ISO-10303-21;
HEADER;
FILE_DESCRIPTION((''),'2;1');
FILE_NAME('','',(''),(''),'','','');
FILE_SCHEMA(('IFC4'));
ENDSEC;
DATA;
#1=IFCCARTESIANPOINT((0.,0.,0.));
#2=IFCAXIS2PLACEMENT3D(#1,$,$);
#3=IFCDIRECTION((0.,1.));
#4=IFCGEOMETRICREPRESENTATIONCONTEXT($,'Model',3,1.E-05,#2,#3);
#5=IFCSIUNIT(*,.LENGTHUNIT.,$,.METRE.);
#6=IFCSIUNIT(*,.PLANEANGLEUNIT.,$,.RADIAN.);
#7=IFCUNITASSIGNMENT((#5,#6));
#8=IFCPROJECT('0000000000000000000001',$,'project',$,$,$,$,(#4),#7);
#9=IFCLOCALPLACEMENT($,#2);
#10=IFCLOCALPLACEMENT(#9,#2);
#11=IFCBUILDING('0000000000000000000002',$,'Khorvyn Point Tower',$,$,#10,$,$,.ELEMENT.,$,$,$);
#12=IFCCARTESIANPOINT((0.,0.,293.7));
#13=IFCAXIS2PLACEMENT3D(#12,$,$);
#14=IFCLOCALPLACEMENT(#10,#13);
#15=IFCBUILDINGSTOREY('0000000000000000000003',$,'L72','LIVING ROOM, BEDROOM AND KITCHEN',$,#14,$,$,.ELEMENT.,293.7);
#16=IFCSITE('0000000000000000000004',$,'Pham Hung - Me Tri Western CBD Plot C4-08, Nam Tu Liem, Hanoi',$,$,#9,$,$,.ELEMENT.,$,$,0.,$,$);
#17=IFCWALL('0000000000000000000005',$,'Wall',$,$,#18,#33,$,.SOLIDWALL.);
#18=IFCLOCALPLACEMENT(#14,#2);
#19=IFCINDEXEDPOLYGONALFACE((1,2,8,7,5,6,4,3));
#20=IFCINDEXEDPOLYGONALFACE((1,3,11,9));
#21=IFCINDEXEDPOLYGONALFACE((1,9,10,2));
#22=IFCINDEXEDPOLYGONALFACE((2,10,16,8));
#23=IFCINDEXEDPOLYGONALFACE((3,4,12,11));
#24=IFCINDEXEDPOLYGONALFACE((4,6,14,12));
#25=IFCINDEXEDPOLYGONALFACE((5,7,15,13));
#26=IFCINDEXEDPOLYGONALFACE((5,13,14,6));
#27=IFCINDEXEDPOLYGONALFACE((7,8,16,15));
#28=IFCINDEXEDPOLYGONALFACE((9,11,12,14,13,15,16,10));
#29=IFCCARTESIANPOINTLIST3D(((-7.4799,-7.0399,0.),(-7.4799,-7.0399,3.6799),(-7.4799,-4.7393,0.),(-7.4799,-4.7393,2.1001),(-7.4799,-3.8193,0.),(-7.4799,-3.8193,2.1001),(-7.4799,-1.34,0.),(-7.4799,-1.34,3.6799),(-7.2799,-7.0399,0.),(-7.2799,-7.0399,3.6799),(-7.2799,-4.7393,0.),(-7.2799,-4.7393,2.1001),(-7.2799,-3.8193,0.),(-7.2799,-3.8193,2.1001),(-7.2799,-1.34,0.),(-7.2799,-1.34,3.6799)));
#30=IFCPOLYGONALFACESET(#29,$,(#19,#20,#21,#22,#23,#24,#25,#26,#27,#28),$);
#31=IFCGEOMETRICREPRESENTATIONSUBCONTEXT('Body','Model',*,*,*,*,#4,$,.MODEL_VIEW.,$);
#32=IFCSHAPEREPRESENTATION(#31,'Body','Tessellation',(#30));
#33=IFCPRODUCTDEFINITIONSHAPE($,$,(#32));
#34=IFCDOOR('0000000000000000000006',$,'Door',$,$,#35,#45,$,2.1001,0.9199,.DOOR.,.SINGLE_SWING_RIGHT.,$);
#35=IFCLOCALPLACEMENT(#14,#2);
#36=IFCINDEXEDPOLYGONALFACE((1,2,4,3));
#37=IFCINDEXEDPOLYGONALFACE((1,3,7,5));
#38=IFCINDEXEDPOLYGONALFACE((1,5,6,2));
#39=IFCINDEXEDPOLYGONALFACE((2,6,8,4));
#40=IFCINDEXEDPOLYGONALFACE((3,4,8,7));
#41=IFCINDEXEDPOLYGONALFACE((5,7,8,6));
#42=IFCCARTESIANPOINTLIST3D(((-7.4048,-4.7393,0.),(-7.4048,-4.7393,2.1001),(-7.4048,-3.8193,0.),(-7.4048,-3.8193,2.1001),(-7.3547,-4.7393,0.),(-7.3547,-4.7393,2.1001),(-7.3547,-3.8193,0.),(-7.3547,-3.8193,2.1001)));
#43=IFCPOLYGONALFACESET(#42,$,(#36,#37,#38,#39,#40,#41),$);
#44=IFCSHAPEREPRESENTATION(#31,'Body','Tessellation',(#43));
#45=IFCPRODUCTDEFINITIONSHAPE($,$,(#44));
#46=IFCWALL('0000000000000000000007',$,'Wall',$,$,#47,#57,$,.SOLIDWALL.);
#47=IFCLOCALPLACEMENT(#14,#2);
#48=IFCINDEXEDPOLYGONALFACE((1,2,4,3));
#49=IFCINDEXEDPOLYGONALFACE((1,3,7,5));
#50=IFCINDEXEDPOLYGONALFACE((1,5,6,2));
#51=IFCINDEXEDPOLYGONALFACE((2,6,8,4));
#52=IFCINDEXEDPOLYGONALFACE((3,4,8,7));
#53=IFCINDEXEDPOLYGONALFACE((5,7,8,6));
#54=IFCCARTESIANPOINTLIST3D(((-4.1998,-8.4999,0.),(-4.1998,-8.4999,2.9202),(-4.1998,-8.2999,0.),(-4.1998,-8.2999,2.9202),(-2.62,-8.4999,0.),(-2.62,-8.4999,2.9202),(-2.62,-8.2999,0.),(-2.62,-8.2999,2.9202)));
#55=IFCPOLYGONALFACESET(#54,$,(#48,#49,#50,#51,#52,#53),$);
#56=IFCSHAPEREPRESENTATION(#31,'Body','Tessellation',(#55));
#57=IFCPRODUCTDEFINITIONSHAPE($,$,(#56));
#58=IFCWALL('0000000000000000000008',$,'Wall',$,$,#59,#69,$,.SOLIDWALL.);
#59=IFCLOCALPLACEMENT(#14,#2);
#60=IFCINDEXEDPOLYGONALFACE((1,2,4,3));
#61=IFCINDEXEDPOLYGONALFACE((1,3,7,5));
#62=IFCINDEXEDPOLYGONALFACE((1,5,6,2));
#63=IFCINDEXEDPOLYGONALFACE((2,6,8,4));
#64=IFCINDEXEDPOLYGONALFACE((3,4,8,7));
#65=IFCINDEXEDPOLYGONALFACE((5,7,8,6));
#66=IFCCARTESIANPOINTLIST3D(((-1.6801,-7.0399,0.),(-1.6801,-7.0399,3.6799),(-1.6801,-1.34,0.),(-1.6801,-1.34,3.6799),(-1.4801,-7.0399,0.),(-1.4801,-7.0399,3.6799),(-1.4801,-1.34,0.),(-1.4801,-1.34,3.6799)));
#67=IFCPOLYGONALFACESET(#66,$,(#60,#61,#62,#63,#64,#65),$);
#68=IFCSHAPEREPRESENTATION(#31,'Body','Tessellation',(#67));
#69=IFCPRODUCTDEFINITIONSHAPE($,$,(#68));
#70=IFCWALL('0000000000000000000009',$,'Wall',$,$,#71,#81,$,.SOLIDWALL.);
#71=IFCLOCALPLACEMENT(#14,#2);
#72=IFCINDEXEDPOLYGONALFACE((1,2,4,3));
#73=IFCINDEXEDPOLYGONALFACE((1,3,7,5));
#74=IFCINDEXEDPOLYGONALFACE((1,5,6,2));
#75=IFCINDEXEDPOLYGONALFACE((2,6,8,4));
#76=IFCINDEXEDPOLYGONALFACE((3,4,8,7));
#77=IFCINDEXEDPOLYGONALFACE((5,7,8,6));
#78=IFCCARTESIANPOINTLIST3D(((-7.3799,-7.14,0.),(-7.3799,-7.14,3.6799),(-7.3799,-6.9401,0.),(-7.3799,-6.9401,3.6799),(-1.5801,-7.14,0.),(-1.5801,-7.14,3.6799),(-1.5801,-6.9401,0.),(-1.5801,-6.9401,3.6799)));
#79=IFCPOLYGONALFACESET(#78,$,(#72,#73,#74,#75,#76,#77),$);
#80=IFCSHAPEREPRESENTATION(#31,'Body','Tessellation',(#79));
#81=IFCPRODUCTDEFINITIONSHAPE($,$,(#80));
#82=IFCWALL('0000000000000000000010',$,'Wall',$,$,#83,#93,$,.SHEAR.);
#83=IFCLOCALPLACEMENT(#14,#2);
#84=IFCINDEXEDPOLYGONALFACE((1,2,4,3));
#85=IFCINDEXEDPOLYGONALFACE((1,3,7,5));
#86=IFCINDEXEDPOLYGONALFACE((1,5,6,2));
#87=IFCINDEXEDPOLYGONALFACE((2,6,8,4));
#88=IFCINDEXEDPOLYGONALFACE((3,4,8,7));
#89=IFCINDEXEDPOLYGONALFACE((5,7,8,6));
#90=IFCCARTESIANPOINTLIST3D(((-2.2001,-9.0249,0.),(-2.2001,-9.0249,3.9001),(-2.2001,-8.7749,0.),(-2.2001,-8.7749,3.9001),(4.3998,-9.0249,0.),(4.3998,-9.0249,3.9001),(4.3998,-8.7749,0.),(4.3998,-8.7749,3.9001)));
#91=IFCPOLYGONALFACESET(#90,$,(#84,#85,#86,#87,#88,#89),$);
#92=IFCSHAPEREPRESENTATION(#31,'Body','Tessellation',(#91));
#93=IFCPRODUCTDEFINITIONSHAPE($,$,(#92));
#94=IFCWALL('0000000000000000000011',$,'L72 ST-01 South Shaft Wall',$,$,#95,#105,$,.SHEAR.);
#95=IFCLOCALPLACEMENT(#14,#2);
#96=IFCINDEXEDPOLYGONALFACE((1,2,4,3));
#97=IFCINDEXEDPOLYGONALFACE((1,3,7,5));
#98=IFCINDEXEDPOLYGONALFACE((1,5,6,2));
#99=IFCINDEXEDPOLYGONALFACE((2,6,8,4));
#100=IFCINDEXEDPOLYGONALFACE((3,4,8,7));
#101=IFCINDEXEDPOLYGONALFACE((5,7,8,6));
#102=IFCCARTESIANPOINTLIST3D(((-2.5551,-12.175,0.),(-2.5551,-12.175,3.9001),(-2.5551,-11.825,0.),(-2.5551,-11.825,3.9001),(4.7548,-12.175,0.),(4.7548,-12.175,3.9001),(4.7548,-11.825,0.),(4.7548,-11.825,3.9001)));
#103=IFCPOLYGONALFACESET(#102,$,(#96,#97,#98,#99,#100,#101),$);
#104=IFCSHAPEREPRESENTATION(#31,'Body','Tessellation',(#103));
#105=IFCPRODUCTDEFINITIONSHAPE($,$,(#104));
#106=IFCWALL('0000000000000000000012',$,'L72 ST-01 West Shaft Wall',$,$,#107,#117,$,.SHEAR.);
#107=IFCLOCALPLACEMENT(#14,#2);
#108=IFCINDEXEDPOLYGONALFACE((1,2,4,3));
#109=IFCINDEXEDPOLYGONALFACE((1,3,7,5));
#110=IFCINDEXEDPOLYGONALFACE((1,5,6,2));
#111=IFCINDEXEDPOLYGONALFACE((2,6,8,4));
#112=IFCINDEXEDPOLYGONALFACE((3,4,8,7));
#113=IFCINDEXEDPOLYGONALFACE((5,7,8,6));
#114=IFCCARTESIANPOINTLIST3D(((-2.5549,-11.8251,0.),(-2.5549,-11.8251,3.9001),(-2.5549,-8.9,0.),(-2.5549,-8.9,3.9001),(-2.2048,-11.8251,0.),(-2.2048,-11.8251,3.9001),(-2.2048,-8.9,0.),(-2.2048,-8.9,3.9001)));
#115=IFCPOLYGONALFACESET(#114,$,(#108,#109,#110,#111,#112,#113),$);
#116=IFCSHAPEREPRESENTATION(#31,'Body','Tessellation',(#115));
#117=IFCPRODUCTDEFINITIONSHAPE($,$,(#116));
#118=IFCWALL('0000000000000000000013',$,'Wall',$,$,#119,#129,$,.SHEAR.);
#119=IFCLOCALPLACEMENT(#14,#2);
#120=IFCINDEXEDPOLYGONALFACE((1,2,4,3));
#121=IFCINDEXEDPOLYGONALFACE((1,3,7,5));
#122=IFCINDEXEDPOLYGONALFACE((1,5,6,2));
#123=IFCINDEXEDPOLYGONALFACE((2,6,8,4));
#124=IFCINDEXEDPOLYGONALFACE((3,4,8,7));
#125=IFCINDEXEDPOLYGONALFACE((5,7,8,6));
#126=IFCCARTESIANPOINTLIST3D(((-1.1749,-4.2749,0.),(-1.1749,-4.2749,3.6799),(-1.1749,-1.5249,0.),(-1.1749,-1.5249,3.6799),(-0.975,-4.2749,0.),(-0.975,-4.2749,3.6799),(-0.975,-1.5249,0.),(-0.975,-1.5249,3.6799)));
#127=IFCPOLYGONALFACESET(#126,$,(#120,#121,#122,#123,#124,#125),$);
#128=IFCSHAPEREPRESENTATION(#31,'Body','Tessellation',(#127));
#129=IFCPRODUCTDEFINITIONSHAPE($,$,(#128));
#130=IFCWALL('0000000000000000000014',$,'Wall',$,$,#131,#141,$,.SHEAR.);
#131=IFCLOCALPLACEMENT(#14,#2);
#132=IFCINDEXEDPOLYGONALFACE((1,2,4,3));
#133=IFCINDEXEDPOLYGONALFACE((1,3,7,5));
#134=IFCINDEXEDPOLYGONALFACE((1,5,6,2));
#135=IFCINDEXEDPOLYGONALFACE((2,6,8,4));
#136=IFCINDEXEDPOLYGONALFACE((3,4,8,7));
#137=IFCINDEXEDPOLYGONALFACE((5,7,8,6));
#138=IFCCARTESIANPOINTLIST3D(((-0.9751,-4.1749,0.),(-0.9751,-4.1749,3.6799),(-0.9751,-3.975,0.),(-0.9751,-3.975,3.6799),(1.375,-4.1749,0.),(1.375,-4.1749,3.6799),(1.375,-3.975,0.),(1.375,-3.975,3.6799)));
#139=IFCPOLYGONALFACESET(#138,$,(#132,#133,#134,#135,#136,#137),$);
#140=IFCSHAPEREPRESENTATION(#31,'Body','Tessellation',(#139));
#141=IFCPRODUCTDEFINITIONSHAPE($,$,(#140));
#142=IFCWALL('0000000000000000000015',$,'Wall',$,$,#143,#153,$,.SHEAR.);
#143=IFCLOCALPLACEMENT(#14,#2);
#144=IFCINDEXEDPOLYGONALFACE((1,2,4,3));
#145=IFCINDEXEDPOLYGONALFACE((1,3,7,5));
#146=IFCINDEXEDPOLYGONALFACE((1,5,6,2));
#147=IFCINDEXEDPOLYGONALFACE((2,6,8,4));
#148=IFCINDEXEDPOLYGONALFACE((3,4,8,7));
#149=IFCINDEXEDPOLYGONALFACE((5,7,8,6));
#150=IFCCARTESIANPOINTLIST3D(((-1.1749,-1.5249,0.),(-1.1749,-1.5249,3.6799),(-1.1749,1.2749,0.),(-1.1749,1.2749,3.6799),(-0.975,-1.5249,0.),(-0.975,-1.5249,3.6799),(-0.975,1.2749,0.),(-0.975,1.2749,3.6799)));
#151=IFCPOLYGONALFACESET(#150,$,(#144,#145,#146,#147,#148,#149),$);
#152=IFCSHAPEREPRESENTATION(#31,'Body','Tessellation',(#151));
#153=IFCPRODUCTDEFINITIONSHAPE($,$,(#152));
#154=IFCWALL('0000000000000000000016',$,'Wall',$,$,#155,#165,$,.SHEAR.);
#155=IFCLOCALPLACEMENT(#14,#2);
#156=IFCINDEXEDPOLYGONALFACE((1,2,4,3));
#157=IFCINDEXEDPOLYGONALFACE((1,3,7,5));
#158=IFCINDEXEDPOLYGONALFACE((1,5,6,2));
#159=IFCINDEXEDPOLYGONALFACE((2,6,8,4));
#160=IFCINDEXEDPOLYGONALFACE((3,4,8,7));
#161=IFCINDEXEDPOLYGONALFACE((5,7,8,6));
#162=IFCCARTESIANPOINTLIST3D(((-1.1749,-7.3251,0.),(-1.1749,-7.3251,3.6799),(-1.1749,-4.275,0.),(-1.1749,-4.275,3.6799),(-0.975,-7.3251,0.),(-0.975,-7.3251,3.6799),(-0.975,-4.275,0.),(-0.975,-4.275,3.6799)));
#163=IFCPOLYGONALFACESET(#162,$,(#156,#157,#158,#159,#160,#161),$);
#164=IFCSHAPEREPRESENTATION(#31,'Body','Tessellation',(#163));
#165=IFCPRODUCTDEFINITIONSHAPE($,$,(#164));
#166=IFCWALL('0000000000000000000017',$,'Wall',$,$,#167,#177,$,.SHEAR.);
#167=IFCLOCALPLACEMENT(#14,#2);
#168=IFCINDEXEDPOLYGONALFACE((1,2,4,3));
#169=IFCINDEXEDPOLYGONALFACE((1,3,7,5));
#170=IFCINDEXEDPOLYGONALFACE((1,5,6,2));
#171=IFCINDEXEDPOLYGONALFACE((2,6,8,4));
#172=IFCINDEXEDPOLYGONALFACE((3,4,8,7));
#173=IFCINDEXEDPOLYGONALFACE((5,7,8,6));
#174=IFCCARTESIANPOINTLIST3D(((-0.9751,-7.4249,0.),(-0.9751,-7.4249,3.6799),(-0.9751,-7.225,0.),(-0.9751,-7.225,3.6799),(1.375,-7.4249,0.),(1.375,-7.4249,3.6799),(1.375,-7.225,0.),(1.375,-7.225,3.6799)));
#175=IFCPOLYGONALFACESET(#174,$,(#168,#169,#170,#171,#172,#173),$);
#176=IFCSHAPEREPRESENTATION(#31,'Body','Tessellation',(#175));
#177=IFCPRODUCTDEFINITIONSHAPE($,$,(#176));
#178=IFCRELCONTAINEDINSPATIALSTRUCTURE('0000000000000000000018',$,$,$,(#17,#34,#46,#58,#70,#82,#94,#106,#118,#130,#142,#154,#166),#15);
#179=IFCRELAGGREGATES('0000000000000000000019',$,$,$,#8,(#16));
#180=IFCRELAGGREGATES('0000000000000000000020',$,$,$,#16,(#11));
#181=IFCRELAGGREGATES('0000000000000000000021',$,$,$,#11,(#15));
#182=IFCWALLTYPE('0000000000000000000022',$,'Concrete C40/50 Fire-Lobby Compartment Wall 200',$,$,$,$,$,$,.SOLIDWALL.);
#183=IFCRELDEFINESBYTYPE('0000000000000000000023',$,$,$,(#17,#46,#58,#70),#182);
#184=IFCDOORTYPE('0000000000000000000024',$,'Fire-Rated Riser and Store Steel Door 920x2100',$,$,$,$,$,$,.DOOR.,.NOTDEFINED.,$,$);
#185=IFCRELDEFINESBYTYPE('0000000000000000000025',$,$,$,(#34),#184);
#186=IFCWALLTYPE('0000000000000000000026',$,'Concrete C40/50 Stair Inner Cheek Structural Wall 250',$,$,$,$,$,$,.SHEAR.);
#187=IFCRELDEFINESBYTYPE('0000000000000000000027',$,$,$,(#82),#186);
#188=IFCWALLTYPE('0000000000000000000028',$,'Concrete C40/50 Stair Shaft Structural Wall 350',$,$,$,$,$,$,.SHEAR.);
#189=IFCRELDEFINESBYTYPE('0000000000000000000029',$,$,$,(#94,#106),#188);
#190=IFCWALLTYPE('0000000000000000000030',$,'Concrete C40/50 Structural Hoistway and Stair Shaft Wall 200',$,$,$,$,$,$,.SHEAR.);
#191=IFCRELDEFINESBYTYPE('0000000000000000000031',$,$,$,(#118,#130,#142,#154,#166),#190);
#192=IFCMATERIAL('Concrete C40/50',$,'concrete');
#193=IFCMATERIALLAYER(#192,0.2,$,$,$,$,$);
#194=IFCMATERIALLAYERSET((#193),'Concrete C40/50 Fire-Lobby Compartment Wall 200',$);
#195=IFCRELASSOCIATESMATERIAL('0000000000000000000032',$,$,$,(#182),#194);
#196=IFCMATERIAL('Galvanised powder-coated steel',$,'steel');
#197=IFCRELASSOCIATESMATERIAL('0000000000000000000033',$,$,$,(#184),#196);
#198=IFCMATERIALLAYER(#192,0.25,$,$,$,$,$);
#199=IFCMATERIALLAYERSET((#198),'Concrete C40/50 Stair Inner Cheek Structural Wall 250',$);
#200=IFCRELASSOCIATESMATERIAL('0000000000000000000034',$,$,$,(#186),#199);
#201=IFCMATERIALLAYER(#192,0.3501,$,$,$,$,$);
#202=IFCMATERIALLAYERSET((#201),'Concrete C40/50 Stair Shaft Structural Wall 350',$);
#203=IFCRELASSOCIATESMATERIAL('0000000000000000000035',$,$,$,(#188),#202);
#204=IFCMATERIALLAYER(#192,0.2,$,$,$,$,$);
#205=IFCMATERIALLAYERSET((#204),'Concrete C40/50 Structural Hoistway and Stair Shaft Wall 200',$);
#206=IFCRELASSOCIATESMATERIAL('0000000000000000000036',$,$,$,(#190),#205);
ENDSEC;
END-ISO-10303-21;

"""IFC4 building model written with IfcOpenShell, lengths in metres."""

from ifc_helpers import new_model, si_unit, direction, frame, frame_2d, origin, place, context, subcontext, project, spatial, rectangle, extrude, material, layer, layer_set, type_object, element, fill, save


model = new_model("IFC4")

# Units and contexts
model_context = context("Model", 3, precision=1e-05, world=origin(), true_north=direction((0.0, 1.0)))
body_context = subcontext(model_context, "Body", "Model", "MODEL_VIEW")
ifc_project = project(units=[si_unit("LENGTHUNIT", "METRE"), si_unit("PLANEANGLEUNIT", "RADIAN")], contexts=[model_context])

# Site, building, storey
site_placement = place(None, origin())
site = spatial("IfcSite", under=ifc_project, at=site_placement, Name="Pham Hung - Me Tri Western CBD Plot C4-08, Nam Tu Liem, Hanoi", CompositionType="ELEMENT", RefElevation=0.0)
building_placement = place(site_placement, origin())
building = spatial("IfcBuilding", under=site, at=building_placement, Name="Khorvyn Point Tower", CompositionType="ELEMENT")
storey_placement = place(building_placement, frame((0.0, 0.0, 293.7)))
storey = spatial("IfcBuildingStorey", under=building, at=storey_placement, Name="L72", Description="LIVING ROOM, BEDROOM AND KITCHEN", CompositionType="ELEMENT", Elevation=293.7)

# Shared definitions
ifc_material_1 = material(Name="Concrete C40/50", Category="concrete")

# Wall, opening, door
ifc_layer_1 = layer(ifc_material_1, 0.2)
ifc_layer_set_1 = layer_set([ifc_layer_1], Name="Concrete C40/50 Fire-Lobby Compartment Wall 200")
wall_type_1 = type_object("IfcWallType", Name="Concrete C40/50 Fire-Lobby Compartment Wall 200", PredefinedType="SOLIDWALL", material=ifc_layer_set_1)
ifc_material_2 = material(Name="Galvanised powder-coated steel", Category="steel")
wall_1_placement = place(storey_placement, frame((-7.3799, -7.04, 0.0), z_axis=(0.0, 0.0, 1.0), x_axis=(0.0, 1.0, 0.0)))
wall_1 = element("IfcWall", 1, at=wall_1_placement, inside=storey, type_object=wall_type_1, Name="Wall", PredefinedType="SOLIDWALL", context=body_context, shape_type="SweptSolid", body=[
    extrude(rectangle(XDim=5.7, YDim=0.2, at=frame_2d((2.8501, 0.0))), origin(), (0.0, 0.0, 1.0), 3.6799),
])
opening_1_placement = place(wall_1_placement, frame((2.3008, 0.0, 0.0)))
opening_1 = element("IfcOpeningElement", 2, at=opening_1_placement, cuts=wall_1, PredefinedType="OPENING", context=body_context, shape_type="SweptSolid", body=[
    extrude(rectangle(XDim=0.9199, YDim=2.1001, at=frame_2d((0.46, 1.05))), frame((0.0, 0.1099, 0.0), z_axis=(0.0, -1.0, 0.0), x_axis=(1.0, 0.0, 0.0)), (0.0, 0.0, 1.0), 0.22),
])
door_type_1 = type_object("IfcDoorType", Name="Fire-Rated Riser and Store Steel Door 920x2100", OperationType="NOTDEFINED", PredefinedType="DOOR", material=ifc_material_2)
door_1_placement = place(opening_1_placement, origin())
door_1 = element("IfcDoor", 3, at=door_1_placement, inside=storey, type_object=door_type_1, Name="Door", OperationType="SINGLE_SWING_RIGHT", OverallHeight=2.1001, OverallWidth=0.9199, PredefinedType="DOOR", context=body_context, shape_type="SweptSolid", body=[
    extrude(rectangle(XDim=0.9199, YDim=2.1001, at=frame_2d((0.46, 1.05))), frame((0.0, 0.0249, 0.0), z_axis=(0.0, -1.0, 0.0), x_axis=(1.0, 0.0, 0.0)), (0.0, 0.0, 1.0), 0.05),
])
fill(opening_1, door_1)

# Walls
wall_2_placement = place(storey_placement, frame((-4.2, -8.3999, 0.0), z_axis=(0.0, 0.0, 1.0), x_axis=(1.0, 0.0, 0.0)))
element("IfcWall", 4, at=wall_2_placement, inside=storey, type_object=wall_type_1, Name="Wall", PredefinedType="SOLIDWALL", context=body_context, shape_type="SweptSolid", body=[
    extrude(rectangle(XDim=1.5798, YDim=0.2, at=frame_2d((0.79, 0.0))), origin(), (0.0, 0.0, 1.0), 2.9202),
])
wall_3_placement = place(storey_placement, frame((-1.5801, -7.04, 0.0), z_axis=(0.0, 0.0, 1.0), x_axis=(0.0, 1.0, 0.0)))
element("IfcWall", 5, at=wall_3_placement, inside=storey, type_object=wall_type_1, Name="Wall", PredefinedType="SOLIDWALL", context=body_context, shape_type="SweptSolid", body=[
    extrude(rectangle(XDim=5.7, YDim=0.2, at=frame_2d((2.8501, 0.0))), origin(), (0.0, 0.0, 1.0), 3.6799),
])
wall_4_placement = place(storey_placement, frame((-7.3799, -7.04, 0.0), z_axis=(0.0, 0.0, 1.0), x_axis=(1.0, 0.0, 0.0)))
element("IfcWall", 6, at=wall_4_placement, inside=storey, type_object=wall_type_1, Name="Wall", PredefinedType="SOLIDWALL", context=body_context, shape_type="SweptSolid", body=[
    extrude(rectangle(XDim=5.7998, YDim=0.2, at=frame_2d((2.8999, 0.0))), origin(), (0.0, 0.0, 1.0), 3.6799),
])
ifc_layer_2 = layer(ifc_material_1, 0.25)
ifc_layer_set_2 = layer_set([ifc_layer_2], Name="Concrete C40/50 Stair Inner Cheek Structural Wall 250")
wall_type_2 = type_object("IfcWallType", Name="Concrete C40/50 Stair Inner Cheek Structural Wall 250", PredefinedType="SHEAR", material=ifc_layer_set_2)
wall_5_placement = place(storey_placement, frame((-2.2, -8.8999, 0.0), z_axis=(0.0, 0.0, 1.0), x_axis=(1.0, 0.0, 0.0)))
element("IfcWall", 7, at=wall_5_placement, inside=storey, type_object=wall_type_2, Name="Wall", PredefinedType="SHEAR", context=body_context, shape_type="SweptSolid", body=[
    extrude(rectangle(XDim=6.5999, YDim=0.25, at=frame_2d((3.2998, 0.0))), origin(), (0.0, 0.0, 1.0), 3.9001),
])
ifc_layer_3 = layer(ifc_material_1, 0.3501)
ifc_layer_set_3 = layer_set([ifc_layer_3], Name="Concrete C40/50 Stair Shaft Structural Wall 350")
wall_type_3 = type_object("IfcWallType", Name="Concrete C40/50 Stair Shaft Structural Wall 350", PredefinedType="SHEAR", material=ifc_layer_set_3)
wall_6_placement = place(storey_placement, frame((-2.5549, -12.0, 0.0), z_axis=(0.0, 0.0, 1.0), x_axis=(1.0, 0.0, 0.0)))
element("IfcWall", 8, at=wall_6_placement, inside=storey, type_object=wall_type_3, Name="L72 ST-01 South Shaft Wall", PredefinedType="SHEAR", context=body_context, shape_type="SweptSolid", body=[
    extrude(rectangle(XDim=7.3098, YDim=0.3501, at=frame_2d((3.6548, 0.0))), origin(), (0.0, 0.0, 1.0), 3.9001),
])
wall_7_placement = place(storey_placement, frame((-2.3799, -11.825, 0.0), z_axis=(0.0, 0.0, 1.0), x_axis=(0.0, 1.0, 0.0)))
element("IfcWall", 9, at=wall_7_placement, inside=storey, type_object=wall_type_3, Name="L72 ST-01 West Shaft Wall", PredefinedType="SHEAR", context=body_context, shape_type="SweptSolid", body=[
    extrude(rectangle(XDim=2.925, YDim=0.3501, at=frame_2d((1.4624, 0.0))), origin(), (0.0, 0.0, 1.0), 3.9001),
])
ifc_layer_4 = layer(ifc_material_1, 0.2)
ifc_layer_set_4 = layer_set([ifc_layer_4], Name="Concrete C40/50 Structural Hoistway and Stair Shaft Wall 200")
wall_type_4 = type_object("IfcWallType", Name="Concrete C40/50 Structural Hoistway and Stair Shaft Wall 200", PredefinedType="SHEAR", material=ifc_layer_set_4)
wall_8_placement = place(storey_placement, frame((-1.075, -4.2749, 0.0), z_axis=(0.0, 0.0, 1.0), x_axis=(0.0, 1.0, 0.0)))
element("IfcWall", 10, at=wall_8_placement, inside=storey, type_object=wall_type_4, Name="Wall", PredefinedType="SHEAR", context=body_context, shape_type="SweptSolid", body=[
    extrude(rectangle(XDim=2.75, YDim=0.2, at=frame_2d((1.375, 0.0))), origin(), (0.0, 0.0, 1.0), 3.6799),
])
wall_9_placement = place(storey_placement, frame((-0.9751, -4.075, 0.0), z_axis=(0.0, 0.0, 1.0), x_axis=(1.0, 0.0, 0.0)))
element("IfcWall", 11, at=wall_9_placement, inside=storey, type_object=wall_type_4, Name="Wall", PredefinedType="SHEAR", context=body_context, shape_type="SweptSolid", body=[
    extrude(rectangle(XDim=2.3501, YDim=0.2, at=frame_2d((1.175, 0.0))), origin(), (0.0, 0.0, 1.0), 3.6799),
])
wall_10_placement = place(storey_placement, frame((-1.075, -1.5249, 0.0), z_axis=(0.0, 0.0, 1.0), x_axis=(0.0, 1.0, 0.0)))
element("IfcWall", 12, at=wall_10_placement, inside=storey, type_object=wall_type_4, Name="Wall", PredefinedType="SHEAR", context=body_context, shape_type="SweptSolid", body=[
    extrude(rectangle(XDim=2.7998, YDim=0.2, at=frame_2d((1.3999, 0.0))), origin(), (0.0, 0.0, 1.0), 3.6799),
])
wall_11_placement = place(storey_placement, frame((-1.075, -7.325, 0.0), z_axis=(0.0, 0.0, 1.0), x_axis=(0.0, 1.0, 0.0)))
element("IfcWall", 13, at=wall_11_placement, inside=storey, type_object=wall_type_4, Name="Wall", PredefinedType="SHEAR", context=body_context, shape_type="SweptSolid", body=[
    extrude(rectangle(XDim=3.05, YDim=0.2, at=frame_2d((1.5249, 0.0))), origin(), (0.0, 0.0, 1.0), 3.6799),
])
wall_12_placement = place(storey_placement, frame((-0.9751, -7.325, 0.0), z_axis=(0.0, 0.0, 1.0), x_axis=(1.0, 0.0, 0.0)))
element("IfcWall", 14, at=wall_12_placement, inside=storey, type_object=wall_type_4, Name="Wall", PredefinedType="SHEAR", context=body_context, shape_type="SweptSolid", body=[
    extrude(rectangle(XDim=2.3501, YDim=0.2, at=frame_2d((1.175, 0.0))), origin(), (0.0, 0.0, 1.0), 3.6799),
])

save(model, "model.ifc")
